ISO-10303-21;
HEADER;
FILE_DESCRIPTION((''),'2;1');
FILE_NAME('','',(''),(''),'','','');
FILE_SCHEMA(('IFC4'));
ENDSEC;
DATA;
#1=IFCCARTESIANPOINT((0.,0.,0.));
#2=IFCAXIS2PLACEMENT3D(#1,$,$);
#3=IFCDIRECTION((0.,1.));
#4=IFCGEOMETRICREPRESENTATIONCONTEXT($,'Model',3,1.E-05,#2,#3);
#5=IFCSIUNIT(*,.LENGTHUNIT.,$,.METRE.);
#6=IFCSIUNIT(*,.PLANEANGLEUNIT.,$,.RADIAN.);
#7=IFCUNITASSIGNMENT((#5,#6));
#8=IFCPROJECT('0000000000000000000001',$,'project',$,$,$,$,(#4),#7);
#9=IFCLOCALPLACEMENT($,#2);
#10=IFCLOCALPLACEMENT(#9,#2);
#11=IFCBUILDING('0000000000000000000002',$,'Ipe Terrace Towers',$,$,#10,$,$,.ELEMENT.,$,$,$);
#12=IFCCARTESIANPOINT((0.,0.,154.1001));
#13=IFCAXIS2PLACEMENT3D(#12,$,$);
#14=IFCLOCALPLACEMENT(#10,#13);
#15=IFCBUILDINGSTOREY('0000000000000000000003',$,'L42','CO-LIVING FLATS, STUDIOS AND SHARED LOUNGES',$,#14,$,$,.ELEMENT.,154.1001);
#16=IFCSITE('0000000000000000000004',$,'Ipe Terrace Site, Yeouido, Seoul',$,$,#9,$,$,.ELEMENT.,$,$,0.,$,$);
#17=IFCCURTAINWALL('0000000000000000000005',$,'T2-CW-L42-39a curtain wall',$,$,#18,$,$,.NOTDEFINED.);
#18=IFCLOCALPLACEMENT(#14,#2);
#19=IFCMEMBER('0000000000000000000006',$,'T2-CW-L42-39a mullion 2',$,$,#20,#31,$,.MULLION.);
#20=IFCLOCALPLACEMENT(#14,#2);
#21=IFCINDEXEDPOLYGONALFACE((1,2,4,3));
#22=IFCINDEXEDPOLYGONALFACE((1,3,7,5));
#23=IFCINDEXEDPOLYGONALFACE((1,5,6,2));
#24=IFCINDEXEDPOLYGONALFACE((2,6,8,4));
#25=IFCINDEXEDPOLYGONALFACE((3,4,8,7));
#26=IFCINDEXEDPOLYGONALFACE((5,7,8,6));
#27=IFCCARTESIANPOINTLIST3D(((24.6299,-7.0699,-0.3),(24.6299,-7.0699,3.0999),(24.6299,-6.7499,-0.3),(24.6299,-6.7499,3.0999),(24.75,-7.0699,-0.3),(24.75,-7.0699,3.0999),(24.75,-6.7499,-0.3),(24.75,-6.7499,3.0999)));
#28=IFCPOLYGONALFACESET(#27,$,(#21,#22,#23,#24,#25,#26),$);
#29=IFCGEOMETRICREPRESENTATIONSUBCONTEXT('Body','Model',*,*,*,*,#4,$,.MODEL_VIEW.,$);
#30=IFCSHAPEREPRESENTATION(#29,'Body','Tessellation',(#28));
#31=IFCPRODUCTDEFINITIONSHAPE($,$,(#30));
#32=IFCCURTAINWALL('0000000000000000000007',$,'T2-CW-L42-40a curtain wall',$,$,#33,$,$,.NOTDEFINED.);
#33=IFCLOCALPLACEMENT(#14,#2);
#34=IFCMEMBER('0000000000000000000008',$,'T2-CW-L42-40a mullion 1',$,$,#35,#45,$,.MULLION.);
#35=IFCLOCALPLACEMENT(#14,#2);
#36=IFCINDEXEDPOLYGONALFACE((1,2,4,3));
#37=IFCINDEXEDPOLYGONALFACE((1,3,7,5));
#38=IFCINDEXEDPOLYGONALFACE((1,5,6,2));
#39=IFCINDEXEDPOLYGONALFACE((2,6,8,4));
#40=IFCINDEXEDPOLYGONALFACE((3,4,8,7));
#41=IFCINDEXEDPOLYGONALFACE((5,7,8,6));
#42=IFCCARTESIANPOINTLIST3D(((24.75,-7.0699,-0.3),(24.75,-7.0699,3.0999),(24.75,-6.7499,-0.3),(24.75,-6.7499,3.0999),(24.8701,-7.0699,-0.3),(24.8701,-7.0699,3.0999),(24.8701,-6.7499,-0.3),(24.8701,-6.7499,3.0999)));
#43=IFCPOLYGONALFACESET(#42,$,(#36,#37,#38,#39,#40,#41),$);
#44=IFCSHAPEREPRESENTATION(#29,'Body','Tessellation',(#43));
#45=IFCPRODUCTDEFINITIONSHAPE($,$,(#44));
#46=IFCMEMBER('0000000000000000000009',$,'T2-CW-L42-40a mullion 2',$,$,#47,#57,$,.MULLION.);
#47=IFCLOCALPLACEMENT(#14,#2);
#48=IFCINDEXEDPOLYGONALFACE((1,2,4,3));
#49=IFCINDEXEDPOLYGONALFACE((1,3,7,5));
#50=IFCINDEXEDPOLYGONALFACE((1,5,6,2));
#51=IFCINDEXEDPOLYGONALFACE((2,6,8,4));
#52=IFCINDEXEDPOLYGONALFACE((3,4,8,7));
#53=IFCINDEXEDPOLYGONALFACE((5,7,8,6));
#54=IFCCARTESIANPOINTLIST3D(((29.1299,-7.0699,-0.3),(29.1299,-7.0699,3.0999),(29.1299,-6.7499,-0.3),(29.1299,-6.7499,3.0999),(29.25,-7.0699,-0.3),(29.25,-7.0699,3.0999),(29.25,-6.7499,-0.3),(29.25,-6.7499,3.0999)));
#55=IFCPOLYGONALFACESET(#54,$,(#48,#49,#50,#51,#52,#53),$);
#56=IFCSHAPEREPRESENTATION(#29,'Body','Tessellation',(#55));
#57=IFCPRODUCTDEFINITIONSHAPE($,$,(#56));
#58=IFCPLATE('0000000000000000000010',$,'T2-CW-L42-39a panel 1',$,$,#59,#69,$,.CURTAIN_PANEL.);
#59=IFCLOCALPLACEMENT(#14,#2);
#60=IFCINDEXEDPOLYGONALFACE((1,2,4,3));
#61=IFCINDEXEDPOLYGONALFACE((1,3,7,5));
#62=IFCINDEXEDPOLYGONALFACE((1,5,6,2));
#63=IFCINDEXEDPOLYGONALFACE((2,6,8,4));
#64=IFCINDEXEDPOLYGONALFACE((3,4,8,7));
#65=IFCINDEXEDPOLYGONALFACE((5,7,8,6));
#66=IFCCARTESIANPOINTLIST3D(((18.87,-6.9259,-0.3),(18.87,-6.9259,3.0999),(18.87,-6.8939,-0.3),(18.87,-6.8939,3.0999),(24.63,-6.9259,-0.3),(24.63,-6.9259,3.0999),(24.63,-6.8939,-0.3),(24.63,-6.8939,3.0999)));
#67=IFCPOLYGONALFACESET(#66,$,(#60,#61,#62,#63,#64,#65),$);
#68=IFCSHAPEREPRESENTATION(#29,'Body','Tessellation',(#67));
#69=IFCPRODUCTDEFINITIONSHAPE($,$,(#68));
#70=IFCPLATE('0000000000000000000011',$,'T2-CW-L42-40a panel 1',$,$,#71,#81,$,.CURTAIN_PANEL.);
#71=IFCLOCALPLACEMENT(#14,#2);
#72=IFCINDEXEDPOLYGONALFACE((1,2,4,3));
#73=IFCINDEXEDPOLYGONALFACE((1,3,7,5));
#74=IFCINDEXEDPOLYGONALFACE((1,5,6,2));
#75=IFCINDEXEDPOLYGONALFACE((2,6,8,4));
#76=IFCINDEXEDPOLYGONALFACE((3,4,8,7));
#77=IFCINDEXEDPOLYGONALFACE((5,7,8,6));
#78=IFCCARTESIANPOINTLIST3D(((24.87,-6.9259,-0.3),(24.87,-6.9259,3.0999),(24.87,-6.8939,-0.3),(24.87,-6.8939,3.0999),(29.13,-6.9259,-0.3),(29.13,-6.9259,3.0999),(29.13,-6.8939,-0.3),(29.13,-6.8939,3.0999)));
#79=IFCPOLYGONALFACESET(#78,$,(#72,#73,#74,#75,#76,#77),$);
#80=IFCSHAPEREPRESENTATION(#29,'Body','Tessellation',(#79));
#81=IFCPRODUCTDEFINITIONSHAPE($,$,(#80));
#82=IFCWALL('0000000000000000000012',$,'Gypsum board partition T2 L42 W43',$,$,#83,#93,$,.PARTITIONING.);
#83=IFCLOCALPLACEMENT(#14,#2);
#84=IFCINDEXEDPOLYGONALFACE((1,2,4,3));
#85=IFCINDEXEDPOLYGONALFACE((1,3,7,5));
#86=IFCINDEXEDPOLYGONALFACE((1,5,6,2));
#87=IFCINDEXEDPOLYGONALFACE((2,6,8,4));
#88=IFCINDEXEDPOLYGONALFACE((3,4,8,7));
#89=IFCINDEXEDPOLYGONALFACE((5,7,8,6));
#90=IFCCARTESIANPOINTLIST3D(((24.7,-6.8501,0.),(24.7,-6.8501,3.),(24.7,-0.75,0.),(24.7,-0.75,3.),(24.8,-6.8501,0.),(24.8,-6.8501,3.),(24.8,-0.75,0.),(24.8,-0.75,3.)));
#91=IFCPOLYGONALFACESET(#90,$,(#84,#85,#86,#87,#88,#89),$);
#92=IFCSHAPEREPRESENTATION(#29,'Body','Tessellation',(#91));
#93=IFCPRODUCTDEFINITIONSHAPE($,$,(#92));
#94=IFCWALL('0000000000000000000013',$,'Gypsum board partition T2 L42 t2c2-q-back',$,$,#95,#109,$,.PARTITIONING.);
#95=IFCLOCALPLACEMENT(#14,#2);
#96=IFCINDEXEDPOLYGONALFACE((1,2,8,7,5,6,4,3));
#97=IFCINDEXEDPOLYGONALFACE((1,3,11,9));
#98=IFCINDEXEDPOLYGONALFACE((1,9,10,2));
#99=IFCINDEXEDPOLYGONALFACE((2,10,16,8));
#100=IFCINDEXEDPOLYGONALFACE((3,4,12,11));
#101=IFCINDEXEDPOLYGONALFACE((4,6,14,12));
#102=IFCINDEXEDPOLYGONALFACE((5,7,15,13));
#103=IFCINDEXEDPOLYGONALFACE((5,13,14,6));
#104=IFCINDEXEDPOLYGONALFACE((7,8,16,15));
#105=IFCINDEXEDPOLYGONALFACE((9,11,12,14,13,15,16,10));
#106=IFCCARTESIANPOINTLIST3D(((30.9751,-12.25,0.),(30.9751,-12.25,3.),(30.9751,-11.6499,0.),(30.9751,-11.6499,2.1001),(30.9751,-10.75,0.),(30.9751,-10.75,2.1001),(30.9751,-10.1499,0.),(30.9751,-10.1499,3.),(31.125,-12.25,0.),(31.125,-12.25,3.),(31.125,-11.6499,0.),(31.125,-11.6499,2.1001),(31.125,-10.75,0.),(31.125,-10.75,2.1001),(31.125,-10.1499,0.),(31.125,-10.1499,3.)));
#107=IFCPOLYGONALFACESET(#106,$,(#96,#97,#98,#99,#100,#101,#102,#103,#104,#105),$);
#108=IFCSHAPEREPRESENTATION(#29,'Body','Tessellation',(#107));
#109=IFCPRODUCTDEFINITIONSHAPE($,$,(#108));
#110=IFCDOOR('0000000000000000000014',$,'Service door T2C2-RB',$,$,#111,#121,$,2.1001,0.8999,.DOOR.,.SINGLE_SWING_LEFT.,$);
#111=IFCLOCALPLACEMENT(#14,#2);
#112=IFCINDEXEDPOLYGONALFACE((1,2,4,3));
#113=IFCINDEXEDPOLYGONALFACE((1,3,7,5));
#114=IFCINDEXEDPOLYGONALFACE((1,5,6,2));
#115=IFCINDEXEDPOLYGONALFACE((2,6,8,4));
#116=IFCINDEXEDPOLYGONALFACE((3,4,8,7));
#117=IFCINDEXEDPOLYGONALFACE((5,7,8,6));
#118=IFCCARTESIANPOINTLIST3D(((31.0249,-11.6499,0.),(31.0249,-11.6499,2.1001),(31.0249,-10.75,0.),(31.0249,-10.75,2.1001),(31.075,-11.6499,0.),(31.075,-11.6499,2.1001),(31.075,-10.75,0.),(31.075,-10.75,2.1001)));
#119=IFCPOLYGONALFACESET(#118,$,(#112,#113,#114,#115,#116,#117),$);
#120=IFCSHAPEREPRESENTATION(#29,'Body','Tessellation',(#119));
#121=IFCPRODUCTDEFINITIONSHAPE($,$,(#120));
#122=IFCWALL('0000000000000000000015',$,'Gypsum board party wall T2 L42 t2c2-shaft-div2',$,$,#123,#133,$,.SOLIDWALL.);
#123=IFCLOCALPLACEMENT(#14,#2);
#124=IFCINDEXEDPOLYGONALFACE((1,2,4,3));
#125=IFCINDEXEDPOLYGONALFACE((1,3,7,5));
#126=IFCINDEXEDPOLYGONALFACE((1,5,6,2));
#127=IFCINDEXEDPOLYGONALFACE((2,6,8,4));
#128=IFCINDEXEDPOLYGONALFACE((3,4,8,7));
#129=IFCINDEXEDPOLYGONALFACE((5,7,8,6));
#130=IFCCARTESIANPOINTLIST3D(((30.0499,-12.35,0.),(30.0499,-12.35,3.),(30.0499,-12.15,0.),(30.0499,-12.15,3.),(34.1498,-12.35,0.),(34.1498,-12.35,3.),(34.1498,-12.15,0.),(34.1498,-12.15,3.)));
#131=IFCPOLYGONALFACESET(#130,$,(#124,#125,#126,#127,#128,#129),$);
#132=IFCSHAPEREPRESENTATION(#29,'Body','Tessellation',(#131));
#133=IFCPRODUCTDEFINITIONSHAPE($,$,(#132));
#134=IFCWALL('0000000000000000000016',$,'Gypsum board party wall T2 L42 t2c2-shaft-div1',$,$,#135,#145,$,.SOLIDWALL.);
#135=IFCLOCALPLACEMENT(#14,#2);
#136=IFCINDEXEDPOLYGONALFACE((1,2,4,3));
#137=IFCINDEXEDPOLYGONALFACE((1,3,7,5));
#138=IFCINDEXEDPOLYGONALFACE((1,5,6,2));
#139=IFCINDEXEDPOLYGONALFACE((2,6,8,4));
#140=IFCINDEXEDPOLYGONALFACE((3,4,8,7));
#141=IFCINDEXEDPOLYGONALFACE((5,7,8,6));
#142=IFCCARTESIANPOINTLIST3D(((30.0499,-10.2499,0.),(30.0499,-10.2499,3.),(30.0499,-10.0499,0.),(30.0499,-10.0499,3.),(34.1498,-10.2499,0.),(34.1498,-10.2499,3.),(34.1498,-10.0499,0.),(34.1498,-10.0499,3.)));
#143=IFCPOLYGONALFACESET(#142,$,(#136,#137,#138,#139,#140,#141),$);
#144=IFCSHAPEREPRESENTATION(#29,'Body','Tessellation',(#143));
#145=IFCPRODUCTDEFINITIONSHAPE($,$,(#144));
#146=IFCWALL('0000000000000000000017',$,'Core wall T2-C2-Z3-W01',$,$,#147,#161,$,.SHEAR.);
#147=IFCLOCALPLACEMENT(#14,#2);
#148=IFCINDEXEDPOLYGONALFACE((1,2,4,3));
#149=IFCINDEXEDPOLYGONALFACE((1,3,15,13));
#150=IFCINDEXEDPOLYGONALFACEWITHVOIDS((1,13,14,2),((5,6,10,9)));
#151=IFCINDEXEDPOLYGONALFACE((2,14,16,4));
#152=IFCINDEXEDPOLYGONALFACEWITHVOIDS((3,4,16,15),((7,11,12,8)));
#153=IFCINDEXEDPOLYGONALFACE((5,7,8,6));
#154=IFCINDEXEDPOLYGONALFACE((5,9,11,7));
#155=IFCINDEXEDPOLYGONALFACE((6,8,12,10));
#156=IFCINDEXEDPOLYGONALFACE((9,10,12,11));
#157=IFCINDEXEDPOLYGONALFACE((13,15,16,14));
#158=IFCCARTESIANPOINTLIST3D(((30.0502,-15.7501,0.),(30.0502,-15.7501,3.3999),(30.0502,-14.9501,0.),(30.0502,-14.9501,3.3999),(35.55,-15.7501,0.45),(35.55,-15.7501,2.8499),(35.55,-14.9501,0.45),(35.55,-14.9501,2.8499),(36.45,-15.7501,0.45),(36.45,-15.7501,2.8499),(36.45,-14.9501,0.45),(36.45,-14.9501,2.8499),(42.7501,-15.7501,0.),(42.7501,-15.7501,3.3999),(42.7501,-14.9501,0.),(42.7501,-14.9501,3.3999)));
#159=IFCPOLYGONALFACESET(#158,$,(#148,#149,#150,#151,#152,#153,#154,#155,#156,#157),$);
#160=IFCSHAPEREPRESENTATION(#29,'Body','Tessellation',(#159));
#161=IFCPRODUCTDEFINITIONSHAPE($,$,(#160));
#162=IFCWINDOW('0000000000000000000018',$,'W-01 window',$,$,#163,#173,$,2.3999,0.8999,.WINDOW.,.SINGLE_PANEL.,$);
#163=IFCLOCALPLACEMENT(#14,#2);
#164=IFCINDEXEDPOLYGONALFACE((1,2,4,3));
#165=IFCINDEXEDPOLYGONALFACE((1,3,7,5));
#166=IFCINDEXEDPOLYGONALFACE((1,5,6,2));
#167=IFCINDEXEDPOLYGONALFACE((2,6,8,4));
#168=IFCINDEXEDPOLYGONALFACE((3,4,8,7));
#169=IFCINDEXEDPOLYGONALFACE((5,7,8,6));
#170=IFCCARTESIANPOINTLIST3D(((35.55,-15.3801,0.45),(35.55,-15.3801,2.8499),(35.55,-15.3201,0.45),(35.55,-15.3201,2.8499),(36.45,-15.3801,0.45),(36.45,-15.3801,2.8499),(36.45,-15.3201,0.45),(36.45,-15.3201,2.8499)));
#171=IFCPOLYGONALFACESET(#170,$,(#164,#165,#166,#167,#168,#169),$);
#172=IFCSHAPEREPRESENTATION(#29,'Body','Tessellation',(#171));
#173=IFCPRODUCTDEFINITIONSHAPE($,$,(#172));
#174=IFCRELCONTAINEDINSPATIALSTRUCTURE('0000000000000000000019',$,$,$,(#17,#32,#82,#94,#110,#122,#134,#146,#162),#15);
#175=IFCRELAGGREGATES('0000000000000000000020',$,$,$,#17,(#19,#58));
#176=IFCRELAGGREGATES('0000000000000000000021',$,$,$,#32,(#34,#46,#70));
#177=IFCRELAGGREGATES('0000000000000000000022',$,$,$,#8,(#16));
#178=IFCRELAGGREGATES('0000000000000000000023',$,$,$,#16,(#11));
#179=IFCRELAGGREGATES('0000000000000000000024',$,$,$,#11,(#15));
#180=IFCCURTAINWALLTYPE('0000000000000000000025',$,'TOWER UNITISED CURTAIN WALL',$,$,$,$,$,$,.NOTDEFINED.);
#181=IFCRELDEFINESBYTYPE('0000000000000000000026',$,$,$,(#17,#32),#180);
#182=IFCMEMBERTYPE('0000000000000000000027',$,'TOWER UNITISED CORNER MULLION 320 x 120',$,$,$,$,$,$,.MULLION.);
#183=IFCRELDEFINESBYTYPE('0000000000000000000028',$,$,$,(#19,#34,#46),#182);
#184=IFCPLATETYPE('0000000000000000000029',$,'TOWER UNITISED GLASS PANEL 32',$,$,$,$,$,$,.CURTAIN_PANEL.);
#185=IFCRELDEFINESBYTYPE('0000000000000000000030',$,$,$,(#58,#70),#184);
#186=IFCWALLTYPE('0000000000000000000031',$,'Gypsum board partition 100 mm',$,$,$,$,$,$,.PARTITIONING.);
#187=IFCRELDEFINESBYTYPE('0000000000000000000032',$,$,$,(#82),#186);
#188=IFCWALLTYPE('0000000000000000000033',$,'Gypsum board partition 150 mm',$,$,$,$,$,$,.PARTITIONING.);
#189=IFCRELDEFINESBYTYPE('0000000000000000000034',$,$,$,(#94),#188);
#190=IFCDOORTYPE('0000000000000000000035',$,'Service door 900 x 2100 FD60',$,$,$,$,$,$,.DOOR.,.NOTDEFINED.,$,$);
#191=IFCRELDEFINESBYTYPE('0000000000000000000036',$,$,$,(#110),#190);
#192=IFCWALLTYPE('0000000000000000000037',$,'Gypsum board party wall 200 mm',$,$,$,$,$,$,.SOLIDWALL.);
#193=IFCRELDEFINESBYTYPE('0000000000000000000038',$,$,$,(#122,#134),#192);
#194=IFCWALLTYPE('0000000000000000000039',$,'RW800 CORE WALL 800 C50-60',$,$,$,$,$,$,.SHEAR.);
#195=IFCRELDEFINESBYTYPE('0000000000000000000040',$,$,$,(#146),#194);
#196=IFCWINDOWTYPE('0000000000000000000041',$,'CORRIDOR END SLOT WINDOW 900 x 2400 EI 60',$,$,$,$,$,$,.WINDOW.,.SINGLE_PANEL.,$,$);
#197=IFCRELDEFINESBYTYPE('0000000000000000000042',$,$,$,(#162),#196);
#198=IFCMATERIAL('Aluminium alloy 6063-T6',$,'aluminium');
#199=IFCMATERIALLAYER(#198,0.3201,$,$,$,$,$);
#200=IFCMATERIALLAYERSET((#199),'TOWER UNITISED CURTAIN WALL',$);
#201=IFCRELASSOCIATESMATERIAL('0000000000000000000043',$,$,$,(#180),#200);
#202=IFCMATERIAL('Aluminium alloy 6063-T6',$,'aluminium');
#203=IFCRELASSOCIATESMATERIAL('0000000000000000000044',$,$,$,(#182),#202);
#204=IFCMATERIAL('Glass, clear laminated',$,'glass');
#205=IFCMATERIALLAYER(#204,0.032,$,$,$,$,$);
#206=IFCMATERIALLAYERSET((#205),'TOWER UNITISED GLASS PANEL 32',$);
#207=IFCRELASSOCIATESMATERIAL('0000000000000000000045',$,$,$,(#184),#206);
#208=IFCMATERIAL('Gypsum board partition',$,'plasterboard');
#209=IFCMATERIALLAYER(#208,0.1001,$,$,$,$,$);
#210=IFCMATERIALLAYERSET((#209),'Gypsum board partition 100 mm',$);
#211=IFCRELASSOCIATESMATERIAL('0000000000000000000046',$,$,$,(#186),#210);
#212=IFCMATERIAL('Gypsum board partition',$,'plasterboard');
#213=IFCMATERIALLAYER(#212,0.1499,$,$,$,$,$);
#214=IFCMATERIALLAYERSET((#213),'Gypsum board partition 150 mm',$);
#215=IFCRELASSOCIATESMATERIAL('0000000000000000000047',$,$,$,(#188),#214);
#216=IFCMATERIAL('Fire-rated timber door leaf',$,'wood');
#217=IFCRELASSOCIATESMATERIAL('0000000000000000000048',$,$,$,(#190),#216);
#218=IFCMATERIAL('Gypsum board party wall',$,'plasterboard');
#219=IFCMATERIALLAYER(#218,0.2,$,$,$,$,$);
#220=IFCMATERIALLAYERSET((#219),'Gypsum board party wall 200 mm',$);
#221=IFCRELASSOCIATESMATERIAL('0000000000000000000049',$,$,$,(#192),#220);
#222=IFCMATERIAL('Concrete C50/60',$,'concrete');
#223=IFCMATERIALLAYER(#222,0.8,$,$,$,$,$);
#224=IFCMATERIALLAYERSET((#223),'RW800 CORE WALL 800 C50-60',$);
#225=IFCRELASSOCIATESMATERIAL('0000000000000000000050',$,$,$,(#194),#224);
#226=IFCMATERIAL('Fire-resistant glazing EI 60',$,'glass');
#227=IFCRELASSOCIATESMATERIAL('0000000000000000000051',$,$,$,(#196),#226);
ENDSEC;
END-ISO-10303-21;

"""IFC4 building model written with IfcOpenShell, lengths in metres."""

from ifc_helpers import new_model, si_unit, direction, frame, frame_2d, origin, origin_2d, place, context, subcontext, project, spatial, rectangle, extrude, material, layer, layer_set, material_profile, profile_set, type_object, element, fill, aggregate, save


model = new_model("IFC4")

# Units and contexts
model_context = context("Model", 3, precision=1e-05, world=origin(), true_north=direction((0.0, 1.0)))
body_context = subcontext(model_context, "Body", "Model", "MODEL_VIEW")
ifc_project = project(units=[si_unit("LENGTHUNIT", "METRE"), si_unit("PLANEANGLEUNIT", "RADIAN")], contexts=[model_context])

# Site, building, storey
site_placement = place(None, origin())
site = spatial("IfcSite", under=ifc_project, at=site_placement, Name="Ipe Terrace Site, Yeouido, Seoul", CompositionType="ELEMENT", RefElevation=0.0)
building_placement = place(site_placement, origin())
building = spatial("IfcBuilding", under=site, at=building_placement, Name="Ipe Terrace Towers", CompositionType="ELEMENT")
storey_placement = place(building_placement, frame((0.0, 0.0, 154.1001)))
storey = spatial("IfcBuildingStorey", under=building, at=storey_placement, Name="L42", Description="CO-LIVING FLATS, STUDIOS AND SHARED LOUNGES", CompositionType="ELEMENT", Elevation=154.1001)

# Curtain wall, member
ifc_material_1 = material(Name="Aluminium alloy 6063-T6", Category="aluminium")
ifc_layer_1 = layer(ifc_material_1, 0.3201)
ifc_layer_set_1 = layer_set([ifc_layer_1], Name="TOWER UNITISED CURTAIN WALL")
curtain_wall_type = type_object("IfcCurtainWallType", Name="TOWER UNITISED CURTAIN WALL", PredefinedType="NOTDEFINED", material=ifc_layer_set_1)
curtain_wall_1_placement = place(storey_placement, origin())
curtain_wall_1 = element("IfcCurtainWall", 1, at=curtain_wall_1_placement, inside=storey, type_object=curtain_wall_type, Name="T2-CW-L42-39a curtain wall", PredefinedType="NOTDEFINED")
ifc_material_2 = material(Name="Aluminium alloy 6063-T6", Category="aluminium")
ifc_material_profile = material_profile(ifc_material_2, rectangle(XDim=0.3201, YDim=0.1201, at=origin_2d()), Name="TOWER UNITISED CORNER MULLION 320 x 120")
ifc_profile_set = profile_set([ifc_material_profile], Name="Aluminium alloy 6063-T6")
member_type = type_object("IfcMemberType", Name="TOWER UNITISED CORNER MULLION 320 x 120", PredefinedType="MULLION", material=ifc_profile_set)
member_1_placement = place(storey_placement, frame((24.6899, -6.9099, -0.3), z_axis=(0.0, 0.0, 1.0), x_axis=(0.0, -1.0, 0.0)))
member_1 = element("IfcMember", 2, at=member_1_placement, type_object=member_type, Name="T2-CW-L42-39a mullion 2", PredefinedType="MULLION", context=body_context, shape_type="SweptSolid", body=[
    extrude(rectangle(XDim=0.3201, YDim=0.1201, at=origin_2d()), origin(), (0.0, 0.0, 1.0), 3.3999),
])

# Curtain wall, members
curtain_wall_2_placement = place(storey_placement, origin())
curtain_wall_2 = element("IfcCurtainWall", 3, at=curtain_wall_2_placement, inside=storey, type_object=curtain_wall_type, Name="T2-CW-L42-40a curtain wall", PredefinedType="NOTDEFINED")
member_2_placement = place(storey_placement, frame((24.8101, -6.9099, -0.3), z_axis=(0.0, 0.0, 1.0), x_axis=(0.0, -1.0, 0.0)))
member_2 = element("IfcMember", 4, at=member_2_placement, type_object=member_type, Name="T2-CW-L42-40a mullion 1", PredefinedType="MULLION", context=body_context, shape_type="SweptSolid", body=[
    extrude(rectangle(XDim=0.3201, YDim=0.1201, at=origin_2d()), origin(), (0.0, 0.0, 1.0), 3.3999),
])
member_3_placement = place(storey_placement, frame((29.1899, -6.9099, -0.3), z_axis=(0.0, 0.0, 1.0), x_axis=(0.0, -1.0, 0.0)))
member_3 = element("IfcMember", 5, at=member_3_placement, type_object=member_type, Name="T2-CW-L42-40a mullion 2", PredefinedType="MULLION", context=body_context, shape_type="SweptSolid", body=[
    extrude(rectangle(XDim=0.3201, YDim=0.1201, at=origin_2d()), origin(), (0.0, 0.0, 1.0), 3.3999),
])

# Plates
ifc_material_3 = material(Name="Glass, clear laminated", Category="glass")
ifc_layer_2 = layer(ifc_material_3, 0.032)
ifc_layer_set_2 = layer_set([ifc_layer_2], Name="TOWER UNITISED GLASS PANEL 32")
plate_type = type_object("IfcPlateType", Name="TOWER UNITISED GLASS PANEL 32", PredefinedType="CURTAIN_PANEL", material=ifc_layer_set_2)
plate_1_placement = place(storey_placement, frame((21.75, -6.9099, -0.3), z_axis=(0.0, 0.0, 1.0), x_axis=(1.0, 0.0, 0.0)))
plate_1 = element("IfcPlate", 6, at=plate_1_placement, type_object=plate_type, Name="T2-CW-L42-39a panel 1", PredefinedType="CURTAIN_PANEL", context=body_context, shape_type="SweptSolid", body=[
    extrude(rectangle(XDim=5.76, YDim=0.032, at=origin_2d()), origin(), (0.0, 0.0, 1.0), 3.3999),
])
aggregate(curtain_wall_1, [member_1, plate_1])
plate_2_placement = place(storey_placement, frame((27.0, -6.9099, -0.3), z_axis=(0.0, 0.0, 1.0), x_axis=(1.0, 0.0, 0.0)))
plate_2 = element("IfcPlate", 7, at=plate_2_placement, type_object=plate_type, Name="T2-CW-L42-40a panel 1", PredefinedType="CURTAIN_PANEL", context=body_context, shape_type="SweptSolid", body=[
    extrude(rectangle(XDim=4.26, YDim=0.032, at=origin_2d()), origin(), (0.0, 0.0, 1.0), 3.3999),
])
aggregate(curtain_wall_2, [member_2, member_3, plate_2])

# Wall
ifc_material_4 = material(Name="Gypsum board partition", Category="plasterboard")
ifc_layer_3 = layer(ifc_material_4, 0.1001)
ifc_layer_set_3 = layer_set([ifc_layer_3], Name="Gypsum board partition 100 mm")
wall_type_1 = type_object("IfcWallType", Name="Gypsum board partition 100 mm", PredefinedType="PARTITIONING", material=ifc_layer_set_3)
wall_1_placement = place(storey_placement, frame((24.75, -6.8501, 0.0), z_axis=(0.0, 0.0, 1.0), x_axis=(0.0, 1.0, 0.0)))
element("IfcWall", 8, at=wall_1_placement, inside=storey, type_object=wall_type_1, Name="Gypsum board partition T2 L42 W43", PredefinedType="PARTITIONING", context=body_context, shape_type="SweptSolid", body=[
    extrude(rectangle(XDim=6.1001, YDim=0.1001, at=frame_2d((3.05, 0.0))), origin(), (0.0, 0.0, 1.0), 3.0),
])

# Wall, opening, door
ifc_material_5 = material(Name="Gypsum board partition", Category="plasterboard")
ifc_layer_4 = layer(ifc_material_5, 0.1499)
ifc_layer_set_4 = layer_set([ifc_layer_4], Name="Gypsum board partition 150 mm")
wall_type_2 = type_object("IfcWallType", Name="Gypsum board partition 150 mm", PredefinedType="PARTITIONING", material=ifc_layer_set_4)
wall_2_placement = place(storey_placement, frame((31.05, -10.1499, 0.0), z_axis=(0.0, 0.0, 1.0), x_axis=(0.0, -1.0, 0.0)))
wall_2 = element("IfcWall", 9, at=wall_2_placement, inside=storey, type_object=wall_type_2, Name="Gypsum board partition T2 L42 t2c2-q-back", PredefinedType="PARTITIONING", context=body_context, shape_type="SweptSolid", body=[
    extrude(rectangle(XDim=2.1001, YDim=0.1499, at=frame_2d((1.05, 0.0))), origin(), (0.0, 0.0, 1.0), 3.0),
])
opening_1_placement = place(wall_2_placement, frame((0.6001, 0.0, 0.0)))
opening_1 = element("IfcOpeningElement", 10, at=opening_1_placement, cuts=wall_2, PredefinedType="OPENING", context=body_context, shape_type="SweptSolid", body=[
    extrude(rectangle(XDim=0.8999, YDim=2.1001, at=frame_2d((0.45, 1.05))), frame((0.0, 0.085, 0.0), z_axis=(0.0, -1.0, 0.0), x_axis=(1.0, 0.0, 0.0)), (0.0, 0.0, 1.0), 0.1699),
])
ifc_material_6 = material(Name="Fire-rated timber door leaf", Category="wood")
door_type = type_object("IfcDoorType", Name="Service door 900 x 2100 FD60", OperationType="NOTDEFINED", PredefinedType="DOOR", material=ifc_material_6)
door_placement = place(opening_1_placement, origin())
door = element("IfcDoor", 11, at=door_placement, inside=storey, type_object=door_type, Name="Service door T2C2-RB", OperationType="SINGLE_SWING_LEFT", OverallHeight=2.1001, OverallWidth=0.8999, PredefinedType="DOOR", context=body_context, shape_type="SweptSolid", body=[
    extrude(rectangle(XDim=0.8999, YDim=2.1001, at=frame_2d((0.45, 1.05))), frame((0.0, 0.0249, 0.0), z_axis=(0.0, -1.0, 0.0), x_axis=(1.0, 0.0, 0.0)), (0.0, 0.0, 1.0), 0.05),
])
fill(opening_1, door)

# Walls
ifc_material_7 = material(Name="Gypsum board party wall", Category="plasterboard")
ifc_layer_5 = layer(ifc_material_7, 0.2)
ifc_layer_set_5 = layer_set([ifc_layer_5], Name="Gypsum board party wall 200 mm")
wall_type_3 = type_object("IfcWallType", Name="Gypsum board party wall 200 mm", PredefinedType="SOLIDWALL", material=ifc_layer_set_5)
for number, where, z_axis, x_axis, name in (
    (12, (30.05, -12.25, 0.0), (0.0, 0.0, 1.0), (1.0, 0.0, 0.0), "Gypsum board party wall T2 L42 t2c2-shaft-div2"),
    (13, (30.05, -10.1499, 0.0), (0.0, 0.0, 1.0), (1.0, 0.0, 0.0), "Gypsum board party wall T2 L42 t2c2-shaft-div1"),
):
    element("IfcWall", number, at=place(storey_placement, frame(where, z_axis=z_axis, x_axis=x_axis)), inside=storey, type_object=wall_type_3, Name=name, PredefinedType="SOLIDWALL", context=body_context, shape_type="SweptSolid", body=[
        extrude(rectangle(XDim=4.0999, YDim=0.2, at=frame_2d((2.0498, 0.0))), origin(), (0.0, 0.0, 1.0), 3.0),
    ])

# Wall, opening, window
ifc_material_8 = material(Name="Concrete C50/60", Category="concrete")
ifc_layer_6 = layer(ifc_material_8, 0.8)
ifc_layer_set_6 = layer_set([ifc_layer_6], Name="RW800 CORE WALL 800 C50-60")
wall_type_4 = type_object("IfcWallType", Name="RW800 CORE WALL 800 C50-60", PredefinedType="SHEAR", material=ifc_layer_set_6)
wall_3_placement = place(storey_placement, frame((30.05, -15.3501, 0.0), z_axis=(0.0, 0.0, 1.0), x_axis=(1.0, 0.0, 0.0)))
wall_3 = element("IfcWall", 14, at=wall_3_placement, inside=storey, type_object=wall_type_4, Name="Core wall T2-C2-Z3-W01", PredefinedType="SHEAR", context=body_context, shape_type="SweptSolid", body=[
    extrude(rectangle(XDim=12.7, YDim=0.8, at=frame_2d((6.3501, 0.0))), origin(), (0.0, 0.0, 1.0), 3.3999),
])
opening_2_placement = place(wall_3_placement, frame((5.5, 0.0, 0.45)))
opening_2 = element("IfcOpeningElement", 15, at=opening_2_placement, cuts=wall_3, PredefinedType="OPENING", context=body_context, shape_type="SweptSolid", body=[
    extrude(rectangle(XDim=0.8999, YDim=2.3999, at=frame_2d((0.45, 1.2))), frame((0.0, 0.4102, 0.0), z_axis=(0.0, -1.0, 0.0), x_axis=(1.0, 0.0, 0.0)), (0.0, 0.0, 1.0), 0.8201),
])
ifc_material_9 = material(Name="Fire-resistant glazing EI 60", Category="glass")
window_type = type_object("IfcWindowType", Name="CORRIDOR END SLOT WINDOW 900 x 2400 EI 60", PartitioningType="SINGLE_PANEL", PredefinedType="WINDOW", material=ifc_material_9)
window_placement = place(opening_2_placement, origin())
window = element("IfcWindow", 16, at=window_placement, inside=storey, type_object=window_type, Name="W-01 window", OverallHeight=2.3999, OverallWidth=0.8999, PartitioningType="SINGLE_PANEL", PredefinedType="WINDOW", context=body_context, shape_type="SweptSolid", body=[
    extrude(rectangle(XDim=0.8999, YDim=2.3999, at=frame_2d((0.45, 1.2))), frame((0.0, 0.03, 0.0), z_axis=(0.0, -1.0, 0.0), x_axis=(1.0, 0.0, 0.0)), (0.0, 0.0, 1.0), 0.0601),
])
fill(opening_2, window)

save(model, "model.ifc")
